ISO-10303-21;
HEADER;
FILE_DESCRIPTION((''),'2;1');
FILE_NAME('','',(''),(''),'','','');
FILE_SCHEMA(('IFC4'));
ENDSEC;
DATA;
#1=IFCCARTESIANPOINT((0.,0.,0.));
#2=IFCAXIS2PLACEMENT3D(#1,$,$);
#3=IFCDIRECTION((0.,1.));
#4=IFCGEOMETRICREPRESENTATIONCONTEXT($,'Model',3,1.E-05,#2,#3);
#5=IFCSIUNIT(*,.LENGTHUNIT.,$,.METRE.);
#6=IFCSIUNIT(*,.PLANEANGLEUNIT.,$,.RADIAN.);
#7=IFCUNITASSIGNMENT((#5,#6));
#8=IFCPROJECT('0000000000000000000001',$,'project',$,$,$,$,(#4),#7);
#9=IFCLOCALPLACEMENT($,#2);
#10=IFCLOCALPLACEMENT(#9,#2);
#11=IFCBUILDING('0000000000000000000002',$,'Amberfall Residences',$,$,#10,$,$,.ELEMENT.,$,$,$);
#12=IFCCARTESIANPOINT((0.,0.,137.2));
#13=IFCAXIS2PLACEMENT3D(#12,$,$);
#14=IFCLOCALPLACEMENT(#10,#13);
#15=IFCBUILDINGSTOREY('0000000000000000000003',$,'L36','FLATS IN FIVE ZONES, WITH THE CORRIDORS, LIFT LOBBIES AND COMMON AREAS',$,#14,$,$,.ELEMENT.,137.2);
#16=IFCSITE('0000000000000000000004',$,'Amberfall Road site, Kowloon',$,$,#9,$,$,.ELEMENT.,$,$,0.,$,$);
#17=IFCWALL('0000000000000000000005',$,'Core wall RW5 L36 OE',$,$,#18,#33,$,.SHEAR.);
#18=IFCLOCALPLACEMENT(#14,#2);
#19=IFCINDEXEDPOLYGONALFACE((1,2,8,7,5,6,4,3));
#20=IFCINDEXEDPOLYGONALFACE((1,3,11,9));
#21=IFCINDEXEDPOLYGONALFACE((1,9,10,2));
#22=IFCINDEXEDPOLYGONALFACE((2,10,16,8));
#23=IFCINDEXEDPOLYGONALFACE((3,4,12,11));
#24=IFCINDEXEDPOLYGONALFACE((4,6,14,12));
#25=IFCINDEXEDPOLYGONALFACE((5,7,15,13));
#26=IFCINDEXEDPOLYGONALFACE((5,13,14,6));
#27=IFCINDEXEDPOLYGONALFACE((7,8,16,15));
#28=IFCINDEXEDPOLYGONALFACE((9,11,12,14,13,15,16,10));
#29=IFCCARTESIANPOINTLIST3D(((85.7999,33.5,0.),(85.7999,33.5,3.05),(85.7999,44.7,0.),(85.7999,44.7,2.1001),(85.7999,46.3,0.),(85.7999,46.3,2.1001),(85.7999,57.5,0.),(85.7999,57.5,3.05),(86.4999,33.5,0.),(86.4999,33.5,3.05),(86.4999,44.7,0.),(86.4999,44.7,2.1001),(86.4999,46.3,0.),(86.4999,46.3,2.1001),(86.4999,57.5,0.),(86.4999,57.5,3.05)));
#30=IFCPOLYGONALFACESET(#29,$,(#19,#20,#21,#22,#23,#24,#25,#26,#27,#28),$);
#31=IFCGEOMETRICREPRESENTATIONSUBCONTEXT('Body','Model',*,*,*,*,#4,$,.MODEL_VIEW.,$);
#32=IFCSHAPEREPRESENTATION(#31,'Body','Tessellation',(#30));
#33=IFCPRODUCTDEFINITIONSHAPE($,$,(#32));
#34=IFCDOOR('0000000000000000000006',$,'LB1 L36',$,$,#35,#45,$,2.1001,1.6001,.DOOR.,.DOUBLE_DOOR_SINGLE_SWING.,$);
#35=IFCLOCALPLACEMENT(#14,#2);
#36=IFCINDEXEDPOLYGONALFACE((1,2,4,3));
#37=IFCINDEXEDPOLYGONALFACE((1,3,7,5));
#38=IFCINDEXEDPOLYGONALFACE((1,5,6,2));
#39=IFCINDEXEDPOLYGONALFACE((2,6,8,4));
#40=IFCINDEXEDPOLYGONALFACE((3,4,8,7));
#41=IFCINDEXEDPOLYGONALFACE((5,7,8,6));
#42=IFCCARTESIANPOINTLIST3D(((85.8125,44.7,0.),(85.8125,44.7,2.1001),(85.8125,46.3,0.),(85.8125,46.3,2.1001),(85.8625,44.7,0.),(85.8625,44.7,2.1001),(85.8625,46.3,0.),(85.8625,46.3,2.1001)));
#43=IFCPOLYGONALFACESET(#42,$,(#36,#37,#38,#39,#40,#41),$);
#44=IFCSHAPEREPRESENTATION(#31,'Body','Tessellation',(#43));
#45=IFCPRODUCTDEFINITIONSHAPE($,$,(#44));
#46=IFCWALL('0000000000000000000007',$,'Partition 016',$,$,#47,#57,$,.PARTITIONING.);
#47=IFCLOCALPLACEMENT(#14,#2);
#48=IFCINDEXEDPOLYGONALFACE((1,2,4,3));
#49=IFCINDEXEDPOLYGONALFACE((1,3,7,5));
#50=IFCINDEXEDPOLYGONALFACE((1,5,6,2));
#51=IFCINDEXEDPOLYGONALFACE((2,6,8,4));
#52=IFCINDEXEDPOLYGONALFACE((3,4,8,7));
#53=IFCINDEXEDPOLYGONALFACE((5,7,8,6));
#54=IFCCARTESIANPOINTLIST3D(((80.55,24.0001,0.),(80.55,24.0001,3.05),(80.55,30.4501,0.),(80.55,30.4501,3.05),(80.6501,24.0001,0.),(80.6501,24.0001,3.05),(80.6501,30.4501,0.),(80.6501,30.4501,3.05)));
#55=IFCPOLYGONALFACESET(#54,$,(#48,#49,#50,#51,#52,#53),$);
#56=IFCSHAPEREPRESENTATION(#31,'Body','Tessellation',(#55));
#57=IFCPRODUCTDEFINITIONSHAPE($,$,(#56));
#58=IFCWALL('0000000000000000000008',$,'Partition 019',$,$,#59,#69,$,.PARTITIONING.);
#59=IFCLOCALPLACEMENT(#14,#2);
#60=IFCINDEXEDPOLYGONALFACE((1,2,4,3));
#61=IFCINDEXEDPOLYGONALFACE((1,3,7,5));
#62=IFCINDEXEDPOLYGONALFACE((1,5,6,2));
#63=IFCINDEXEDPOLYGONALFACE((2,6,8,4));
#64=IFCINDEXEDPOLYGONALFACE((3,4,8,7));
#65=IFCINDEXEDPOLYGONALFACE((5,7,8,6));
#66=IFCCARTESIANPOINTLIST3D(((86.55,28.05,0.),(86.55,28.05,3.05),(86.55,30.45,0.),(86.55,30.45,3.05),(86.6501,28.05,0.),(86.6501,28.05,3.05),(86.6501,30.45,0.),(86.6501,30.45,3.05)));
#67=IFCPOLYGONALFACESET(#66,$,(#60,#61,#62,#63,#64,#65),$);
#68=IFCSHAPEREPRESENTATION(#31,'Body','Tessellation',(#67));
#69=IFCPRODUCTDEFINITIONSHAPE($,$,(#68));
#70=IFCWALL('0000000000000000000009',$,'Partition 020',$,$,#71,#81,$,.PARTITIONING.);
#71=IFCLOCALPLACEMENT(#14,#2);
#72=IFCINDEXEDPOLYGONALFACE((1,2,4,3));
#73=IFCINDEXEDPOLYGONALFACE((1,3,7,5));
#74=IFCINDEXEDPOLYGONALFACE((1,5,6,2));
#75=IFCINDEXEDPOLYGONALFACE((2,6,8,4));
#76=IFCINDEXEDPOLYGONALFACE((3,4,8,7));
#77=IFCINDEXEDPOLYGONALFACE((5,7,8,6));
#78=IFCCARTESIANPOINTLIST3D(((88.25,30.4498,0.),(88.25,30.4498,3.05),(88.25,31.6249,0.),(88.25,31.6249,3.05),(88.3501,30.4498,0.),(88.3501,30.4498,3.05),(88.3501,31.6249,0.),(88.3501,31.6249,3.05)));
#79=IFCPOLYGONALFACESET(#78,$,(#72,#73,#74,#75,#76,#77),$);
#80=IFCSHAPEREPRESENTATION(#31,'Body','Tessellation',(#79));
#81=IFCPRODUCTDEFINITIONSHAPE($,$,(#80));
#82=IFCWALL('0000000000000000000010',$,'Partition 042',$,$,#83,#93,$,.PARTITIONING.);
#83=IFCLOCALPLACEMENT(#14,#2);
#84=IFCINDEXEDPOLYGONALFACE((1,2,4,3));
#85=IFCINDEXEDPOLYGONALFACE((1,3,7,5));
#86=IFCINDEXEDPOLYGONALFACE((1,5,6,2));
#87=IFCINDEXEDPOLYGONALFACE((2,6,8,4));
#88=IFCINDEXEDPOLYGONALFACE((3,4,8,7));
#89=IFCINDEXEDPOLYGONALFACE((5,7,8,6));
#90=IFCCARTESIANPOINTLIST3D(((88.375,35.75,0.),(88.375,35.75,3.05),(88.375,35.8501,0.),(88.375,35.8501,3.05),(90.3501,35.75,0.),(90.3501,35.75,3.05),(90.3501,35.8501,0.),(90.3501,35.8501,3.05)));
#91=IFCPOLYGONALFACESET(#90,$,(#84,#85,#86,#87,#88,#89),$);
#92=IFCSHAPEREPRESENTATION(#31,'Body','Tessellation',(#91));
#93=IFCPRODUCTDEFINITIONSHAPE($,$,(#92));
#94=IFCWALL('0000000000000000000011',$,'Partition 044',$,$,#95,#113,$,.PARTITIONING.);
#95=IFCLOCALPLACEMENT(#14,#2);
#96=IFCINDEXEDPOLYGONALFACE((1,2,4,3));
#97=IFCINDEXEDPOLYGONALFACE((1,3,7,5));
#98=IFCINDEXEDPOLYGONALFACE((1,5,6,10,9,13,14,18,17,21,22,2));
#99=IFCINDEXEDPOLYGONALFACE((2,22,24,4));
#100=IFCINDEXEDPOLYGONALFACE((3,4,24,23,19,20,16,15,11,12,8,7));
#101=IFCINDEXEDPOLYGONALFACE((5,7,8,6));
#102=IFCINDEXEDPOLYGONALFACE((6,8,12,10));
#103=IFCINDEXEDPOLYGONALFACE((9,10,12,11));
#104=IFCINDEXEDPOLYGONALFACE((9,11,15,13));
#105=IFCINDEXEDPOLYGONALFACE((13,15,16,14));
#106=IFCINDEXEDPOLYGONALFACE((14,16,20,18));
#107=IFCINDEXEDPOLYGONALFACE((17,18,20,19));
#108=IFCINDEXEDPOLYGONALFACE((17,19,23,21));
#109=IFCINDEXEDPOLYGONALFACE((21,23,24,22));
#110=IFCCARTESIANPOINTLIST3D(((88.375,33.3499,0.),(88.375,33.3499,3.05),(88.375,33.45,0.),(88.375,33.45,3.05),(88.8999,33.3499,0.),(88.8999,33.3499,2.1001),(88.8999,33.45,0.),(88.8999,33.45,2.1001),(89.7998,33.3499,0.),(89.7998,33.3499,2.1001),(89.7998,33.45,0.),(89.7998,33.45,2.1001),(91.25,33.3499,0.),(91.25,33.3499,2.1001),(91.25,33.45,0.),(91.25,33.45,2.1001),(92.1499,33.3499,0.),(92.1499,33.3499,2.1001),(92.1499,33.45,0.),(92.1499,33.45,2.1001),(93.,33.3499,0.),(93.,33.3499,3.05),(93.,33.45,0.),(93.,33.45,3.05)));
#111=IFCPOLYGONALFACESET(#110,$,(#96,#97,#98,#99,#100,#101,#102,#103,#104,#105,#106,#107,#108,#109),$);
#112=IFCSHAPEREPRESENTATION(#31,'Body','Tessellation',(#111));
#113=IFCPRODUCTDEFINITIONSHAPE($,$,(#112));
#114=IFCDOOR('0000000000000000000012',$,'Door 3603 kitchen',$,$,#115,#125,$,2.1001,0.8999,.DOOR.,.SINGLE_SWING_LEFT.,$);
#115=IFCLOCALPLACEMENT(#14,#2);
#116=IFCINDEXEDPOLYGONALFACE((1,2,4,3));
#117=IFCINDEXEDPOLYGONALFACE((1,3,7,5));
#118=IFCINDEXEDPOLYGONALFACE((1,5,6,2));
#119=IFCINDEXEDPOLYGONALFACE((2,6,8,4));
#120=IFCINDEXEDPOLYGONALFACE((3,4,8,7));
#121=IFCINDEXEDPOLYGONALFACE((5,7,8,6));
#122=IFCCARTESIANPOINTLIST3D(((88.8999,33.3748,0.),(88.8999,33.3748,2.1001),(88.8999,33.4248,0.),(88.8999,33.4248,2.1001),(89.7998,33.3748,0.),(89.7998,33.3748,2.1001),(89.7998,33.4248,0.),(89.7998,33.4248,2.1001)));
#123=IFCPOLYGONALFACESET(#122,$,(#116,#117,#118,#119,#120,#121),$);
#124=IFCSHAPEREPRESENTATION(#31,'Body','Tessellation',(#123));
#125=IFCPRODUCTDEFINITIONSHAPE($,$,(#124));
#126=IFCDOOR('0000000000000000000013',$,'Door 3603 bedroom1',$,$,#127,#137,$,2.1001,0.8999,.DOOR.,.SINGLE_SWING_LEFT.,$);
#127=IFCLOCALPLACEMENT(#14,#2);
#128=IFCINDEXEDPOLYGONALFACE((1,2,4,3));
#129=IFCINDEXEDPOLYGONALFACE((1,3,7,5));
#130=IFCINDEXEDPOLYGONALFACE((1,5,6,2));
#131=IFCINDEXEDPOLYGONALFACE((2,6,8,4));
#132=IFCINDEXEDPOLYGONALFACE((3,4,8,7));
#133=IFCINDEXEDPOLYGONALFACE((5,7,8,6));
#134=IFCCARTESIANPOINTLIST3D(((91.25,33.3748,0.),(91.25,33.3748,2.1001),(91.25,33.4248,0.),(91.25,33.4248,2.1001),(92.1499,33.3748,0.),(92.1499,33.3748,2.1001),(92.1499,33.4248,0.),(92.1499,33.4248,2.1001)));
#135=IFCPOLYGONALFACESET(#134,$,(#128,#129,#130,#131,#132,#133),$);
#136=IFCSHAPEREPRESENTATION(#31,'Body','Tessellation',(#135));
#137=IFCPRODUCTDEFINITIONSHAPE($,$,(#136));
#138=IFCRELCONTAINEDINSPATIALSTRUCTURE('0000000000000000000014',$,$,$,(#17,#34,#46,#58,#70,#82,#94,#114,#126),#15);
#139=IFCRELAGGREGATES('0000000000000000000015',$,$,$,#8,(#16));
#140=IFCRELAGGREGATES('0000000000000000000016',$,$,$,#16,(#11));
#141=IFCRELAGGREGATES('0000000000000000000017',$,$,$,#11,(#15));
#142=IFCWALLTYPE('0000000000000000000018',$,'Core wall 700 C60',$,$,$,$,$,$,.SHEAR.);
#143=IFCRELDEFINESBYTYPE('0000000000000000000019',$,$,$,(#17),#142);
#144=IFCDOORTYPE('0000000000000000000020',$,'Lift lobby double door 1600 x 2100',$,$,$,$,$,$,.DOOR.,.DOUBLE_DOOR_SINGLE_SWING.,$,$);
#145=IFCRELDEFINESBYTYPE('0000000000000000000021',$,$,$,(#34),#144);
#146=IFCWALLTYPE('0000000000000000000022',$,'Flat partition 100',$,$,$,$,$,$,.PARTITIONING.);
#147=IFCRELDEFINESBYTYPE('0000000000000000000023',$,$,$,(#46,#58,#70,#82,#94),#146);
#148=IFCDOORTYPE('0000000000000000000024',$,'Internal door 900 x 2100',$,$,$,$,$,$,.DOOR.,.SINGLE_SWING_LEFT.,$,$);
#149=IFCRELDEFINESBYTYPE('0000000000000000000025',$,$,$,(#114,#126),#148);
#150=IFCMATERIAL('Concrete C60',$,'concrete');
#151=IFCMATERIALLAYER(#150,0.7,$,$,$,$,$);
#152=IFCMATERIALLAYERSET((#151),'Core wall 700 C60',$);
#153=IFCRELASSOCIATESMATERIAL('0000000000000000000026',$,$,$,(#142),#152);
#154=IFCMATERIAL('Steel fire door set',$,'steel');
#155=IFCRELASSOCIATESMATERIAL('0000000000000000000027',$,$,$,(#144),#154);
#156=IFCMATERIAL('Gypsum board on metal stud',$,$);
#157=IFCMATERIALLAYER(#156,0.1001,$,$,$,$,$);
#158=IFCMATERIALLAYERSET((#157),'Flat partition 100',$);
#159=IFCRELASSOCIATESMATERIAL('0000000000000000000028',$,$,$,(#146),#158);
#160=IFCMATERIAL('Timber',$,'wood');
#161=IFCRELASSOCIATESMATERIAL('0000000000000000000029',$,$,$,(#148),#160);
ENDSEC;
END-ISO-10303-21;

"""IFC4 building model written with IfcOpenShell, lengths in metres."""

from ifc_helpers import new_model, si_unit, direction, frame, frame_2d, origin, place, context, subcontext, project, spatial, rectangle, extrude, material, layer, layer_set, type_object, element, fill, save


model = new_model("IFC4")

# Units and contexts
model_context = context("Model", 3, precision=1e-05, world=origin(), true_north=direction((0.0, 1.0)))
body_context = subcontext(model_context, "Body", "Model", "MODEL_VIEW")
ifc_project = project(units=[si_unit("LENGTHUNIT", "METRE"), si_unit("PLANEANGLEUNIT", "RADIAN")], contexts=[model_context])

# Site, building, storey
site_placement = place(None, origin())
site = spatial("IfcSite", under=ifc_project, at=site_placement, Name="Amberfall Road site, Kowloon", CompositionType="ELEMENT", RefElevation=0.0)
building_placement = place(site_placement, origin())
building = spatial("IfcBuilding", under=site, at=building_placement, Name="Amberfall Residences", CompositionType="ELEMENT")
storey_placement = place(building_placement, frame((0.0, 0.0, 137.2)))
storey = spatial("IfcBuildingStorey", under=building, at=storey_placement, Name="L36", Description="FLATS IN FIVE ZONES, WITH THE CORRIDORS, LIFT LOBBIES AND COMMON AREAS", CompositionType="ELEMENT", Elevation=137.2)

# Shared definitions
ifc_material_1 = material(Name="Concrete C60", Category="concrete")

# Wall, opening, door
ifc_layer_1 = layer(ifc_material_1, 0.7)
ifc_layer_set_1 = layer_set([ifc_layer_1], Name="Core wall 700 C60")
wall_type_1 = type_object("IfcWallType", Name="Core wall 700 C60", PredefinedType="SHEAR", material=ifc_layer_set_1)
wall_1_placement = place(storey_placement, frame((86.1499, 33.5, 0.0), z_axis=(0.0, 0.0, 1.0), x_axis=(0.0, 1.0, 0.0)))
wall_1 = element("IfcWall", 1, at=wall_1_placement, inside=storey, type_object=wall_type_1, Name="Core wall RW5 L36 OE", PredefinedType="SHEAR", context=body_context, shape_type="SweptSolid", body=[
    extrude(rectangle(XDim=24.0, YDim=0.7, at=frame_2d((12.0, 0.0))), origin(), (0.0, 0.0, 1.0), 3.05),
])
opening_1_placement = place(wall_1_placement, frame((11.2, 0.0, 0.0)))
opening_1 = element("IfcOpeningElement", 2, at=opening_1_placement, cuts=wall_1, PredefinedType="OPENING", context=body_context, shape_type="SweptSolid", body=[
    extrude(rectangle(XDim=1.6001, YDim=2.1001, at=frame_2d((0.8, 1.05))), frame((0.0, 0.3599, 0.0), z_axis=(0.0, -1.0, 0.0), x_axis=(1.0, 0.0, 0.0)), (0.0, 0.0, 1.0), 0.72),
])
ifc_material_2 = material(Name="Steel fire door set", Category="steel")
door_type_1 = type_object("IfcDoorType", Name="Lift lobby double door 1600 x 2100", OperationType="DOUBLE_DOOR_SINGLE_SWING", PredefinedType="DOOR", material=ifc_material_2)
door_1_placement = place(opening_1_placement, origin())
door_1 = element("IfcDoor", 3, at=door_1_placement, inside=storey, type_object=door_type_1, Name="LB1 L36", OperationType="DOUBLE_DOOR_SINGLE_SWING", OverallHeight=2.1001, OverallWidth=1.6001, PredefinedType="DOOR", context=body_context, shape_type="SweptSolid", body=[
    extrude(rectangle(XDim=1.6001, YDim=2.1001, at=frame_2d((0.8, 1.05))), frame((0.0, 0.3374, 0.0), z_axis=(0.0, -1.0, 0.0), x_axis=(1.0, 0.0, 0.0)), (0.0, 0.0, 1.0), 0.05),
])
fill(opening_1, door_1)

# Walls
ifc_material_3 = material(Name="Gypsum board on metal stud")
ifc_layer_2 = layer(ifc_material_3, 0.1001)
ifc_layer_set_2 = layer_set([ifc_layer_2], Name="Flat partition 100")
wall_type_2 = type_object("IfcWallType", Name="Flat partition 100", PredefinedType="PARTITIONING", material=ifc_layer_set_2)
wall_2_placement = place(storey_placement, frame((80.6001, 24.0, 0.0), z_axis=(0.0, 0.0, 1.0), x_axis=(0.0, 1.0, 0.0)))
element("IfcWall", 4, at=wall_2_placement, inside=storey, type_object=wall_type_2, Name="Partition 016", PredefinedType="PARTITIONING", context=body_context, shape_type="SweptSolid", body=[
    extrude(rectangle(XDim=6.45, YDim=0.1001, at=frame_2d((3.2251, 0.0))), origin(), (0.0, 0.0, 1.0), 3.05),
])
wall_3_placement = place(storey_placement, frame((86.6001, 28.05, 0.0), z_axis=(0.0, 0.0, 1.0), x_axis=(0.0, 1.0, 0.0)))
element("IfcWall", 5, at=wall_3_placement, inside=storey, type_object=wall_type_2, Name="Partition 019", PredefinedType="PARTITIONING", context=body_context, shape_type="SweptSolid", body=[
    extrude(rectangle(XDim=2.3999, YDim=0.1001, at=frame_2d((1.2, 0.0))), origin(), (0.0, 0.0, 1.0), 3.05),
])
wall_4_placement = place(storey_placement, frame((88.3, 30.45, 0.0), z_axis=(0.0, 0.0, 1.0), x_axis=(0.0, 1.0, 0.0)))
element("IfcWall", 6, at=wall_4_placement, inside=storey, type_object=wall_type_2, Name="Partition 020", PredefinedType="PARTITIONING", context=body_context, shape_type="SweptSolid", body=[
    extrude(rectangle(XDim=1.175, YDim=0.1001, at=frame_2d((0.5874, 0.0))), origin(), (0.0, 0.0, 1.0), 3.05),
])
wall_5_placement = place(storey_placement, frame((88.375, 35.8, 0.0), z_axis=(0.0, 0.0, 1.0), x_axis=(1.0, 0.0, 0.0)))
element("IfcWall", 7, at=wall_5_placement, inside=storey, type_object=wall_type_2, Name="Partition 042", PredefinedType="PARTITIONING", context=body_context, shape_type="SweptSolid", body=[
    extrude(rectangle(XDim=1.9751, YDim=0.1001, at=frame_2d((0.9875, 0.0))), origin(), (0.0, 0.0, 1.0), 3.05),
])

# Wall, openings, doors
wall_6_placement = place(storey_placement, frame((88.375, 33.3999, 0.0), z_axis=(0.0, 0.0, 1.0), x_axis=(1.0, 0.0, 0.0)))
wall_6 = element("IfcWall", 8, at=wall_6_placement, inside=storey, type_object=wall_type_2, Name="Partition 044", PredefinedType="PARTITIONING", context=body_context, shape_type="SweptSolid", body=[
    extrude(rectangle(XDim=4.625, YDim=0.1001, at=frame_2d((2.3125, 0.0))), origin(), (0.0, 0.0, 1.0), 3.05),
])
opening_2_placement = place(wall_6_placement, frame((0.5249, 0.0, 0.0)))
opening_2 = element("IfcOpeningElement", 9, at=opening_2_placement, cuts=wall_6, PredefinedType="OPENING", context=body_context, shape_type="SweptSolid", body=[
    extrude(rectangle(XDim=0.8999, YDim=2.1001, at=frame_2d((0.45, 1.05))), frame((0.0, 0.0601, 0.0), z_axis=(0.0, -1.0, 0.0), x_axis=(1.0, 0.0, 0.0)), (0.0, 0.0, 1.0), 0.1201),
])
opening_3_placement = place(wall_6_placement, frame((2.875, 0.0, 0.0)))
opening_3 = element("IfcOpeningElement", 10, at=opening_3_placement, cuts=wall_6, PredefinedType="OPENING", context=body_context, shape_type="SweptSolid", body=[
    extrude(rectangle(XDim=0.8999, YDim=2.1001, at=frame_2d((0.45, 1.05))), frame((0.0, 0.0601, 0.0), z_axis=(0.0, -1.0, 0.0), x_axis=(1.0, 0.0, 0.0)), (0.0, 0.0, 1.0), 0.1201),
])
ifc_material_4 = material(Name="Timber", Category="wood")
door_type_2 = type_object("IfcDoorType", Name="Internal door 900 x 2100", OperationType="SINGLE_SWING_LEFT", PredefinedType="DOOR", material=ifc_material_4)
door_2_placement = place(opening_2_placement, origin())
door_2 = element("IfcDoor", 11, at=door_2_placement, inside=storey, type_object=door_type_2, Name="Door 3603 kitchen", OperationType="SINGLE_SWING_LEFT", OverallHeight=2.1001, OverallWidth=0.8999, PredefinedType="DOOR", context=body_context, shape_type="SweptSolid", body=[
    extrude(rectangle(XDim=0.8999, YDim=2.1001, at=frame_2d((0.45, 1.05))), frame((0.0, 0.0249, 0.0), z_axis=(0.0, -1.0, 0.0), x_axis=(1.0, 0.0, 0.0)), (0.0, 0.0, 1.0), 0.05),
])
fill(opening_2, door_2)
door_3_placement = place(opening_3_placement, origin())
door_3 = element("IfcDoor", 12, at=door_3_placement, inside=storey, type_object=door_type_2, Name="Door 3603 bedroom1", OperationType="SINGLE_SWING_LEFT", OverallHeight=2.1001, OverallWidth=0.8999, PredefinedType="DOOR", context=body_context, shape_type="SweptSolid", body=[
    extrude(rectangle(XDim=0.8999, YDim=2.1001, at=frame_2d((0.45, 1.05))), frame((0.0, 0.0249, 0.0), z_axis=(0.0, -1.0, 0.0), x_axis=(1.0, 0.0, 0.0)), (0.0, 0.0, 1.0), 0.05),
])
fill(opening_3, door_3)

save(model, "model.ifc")
